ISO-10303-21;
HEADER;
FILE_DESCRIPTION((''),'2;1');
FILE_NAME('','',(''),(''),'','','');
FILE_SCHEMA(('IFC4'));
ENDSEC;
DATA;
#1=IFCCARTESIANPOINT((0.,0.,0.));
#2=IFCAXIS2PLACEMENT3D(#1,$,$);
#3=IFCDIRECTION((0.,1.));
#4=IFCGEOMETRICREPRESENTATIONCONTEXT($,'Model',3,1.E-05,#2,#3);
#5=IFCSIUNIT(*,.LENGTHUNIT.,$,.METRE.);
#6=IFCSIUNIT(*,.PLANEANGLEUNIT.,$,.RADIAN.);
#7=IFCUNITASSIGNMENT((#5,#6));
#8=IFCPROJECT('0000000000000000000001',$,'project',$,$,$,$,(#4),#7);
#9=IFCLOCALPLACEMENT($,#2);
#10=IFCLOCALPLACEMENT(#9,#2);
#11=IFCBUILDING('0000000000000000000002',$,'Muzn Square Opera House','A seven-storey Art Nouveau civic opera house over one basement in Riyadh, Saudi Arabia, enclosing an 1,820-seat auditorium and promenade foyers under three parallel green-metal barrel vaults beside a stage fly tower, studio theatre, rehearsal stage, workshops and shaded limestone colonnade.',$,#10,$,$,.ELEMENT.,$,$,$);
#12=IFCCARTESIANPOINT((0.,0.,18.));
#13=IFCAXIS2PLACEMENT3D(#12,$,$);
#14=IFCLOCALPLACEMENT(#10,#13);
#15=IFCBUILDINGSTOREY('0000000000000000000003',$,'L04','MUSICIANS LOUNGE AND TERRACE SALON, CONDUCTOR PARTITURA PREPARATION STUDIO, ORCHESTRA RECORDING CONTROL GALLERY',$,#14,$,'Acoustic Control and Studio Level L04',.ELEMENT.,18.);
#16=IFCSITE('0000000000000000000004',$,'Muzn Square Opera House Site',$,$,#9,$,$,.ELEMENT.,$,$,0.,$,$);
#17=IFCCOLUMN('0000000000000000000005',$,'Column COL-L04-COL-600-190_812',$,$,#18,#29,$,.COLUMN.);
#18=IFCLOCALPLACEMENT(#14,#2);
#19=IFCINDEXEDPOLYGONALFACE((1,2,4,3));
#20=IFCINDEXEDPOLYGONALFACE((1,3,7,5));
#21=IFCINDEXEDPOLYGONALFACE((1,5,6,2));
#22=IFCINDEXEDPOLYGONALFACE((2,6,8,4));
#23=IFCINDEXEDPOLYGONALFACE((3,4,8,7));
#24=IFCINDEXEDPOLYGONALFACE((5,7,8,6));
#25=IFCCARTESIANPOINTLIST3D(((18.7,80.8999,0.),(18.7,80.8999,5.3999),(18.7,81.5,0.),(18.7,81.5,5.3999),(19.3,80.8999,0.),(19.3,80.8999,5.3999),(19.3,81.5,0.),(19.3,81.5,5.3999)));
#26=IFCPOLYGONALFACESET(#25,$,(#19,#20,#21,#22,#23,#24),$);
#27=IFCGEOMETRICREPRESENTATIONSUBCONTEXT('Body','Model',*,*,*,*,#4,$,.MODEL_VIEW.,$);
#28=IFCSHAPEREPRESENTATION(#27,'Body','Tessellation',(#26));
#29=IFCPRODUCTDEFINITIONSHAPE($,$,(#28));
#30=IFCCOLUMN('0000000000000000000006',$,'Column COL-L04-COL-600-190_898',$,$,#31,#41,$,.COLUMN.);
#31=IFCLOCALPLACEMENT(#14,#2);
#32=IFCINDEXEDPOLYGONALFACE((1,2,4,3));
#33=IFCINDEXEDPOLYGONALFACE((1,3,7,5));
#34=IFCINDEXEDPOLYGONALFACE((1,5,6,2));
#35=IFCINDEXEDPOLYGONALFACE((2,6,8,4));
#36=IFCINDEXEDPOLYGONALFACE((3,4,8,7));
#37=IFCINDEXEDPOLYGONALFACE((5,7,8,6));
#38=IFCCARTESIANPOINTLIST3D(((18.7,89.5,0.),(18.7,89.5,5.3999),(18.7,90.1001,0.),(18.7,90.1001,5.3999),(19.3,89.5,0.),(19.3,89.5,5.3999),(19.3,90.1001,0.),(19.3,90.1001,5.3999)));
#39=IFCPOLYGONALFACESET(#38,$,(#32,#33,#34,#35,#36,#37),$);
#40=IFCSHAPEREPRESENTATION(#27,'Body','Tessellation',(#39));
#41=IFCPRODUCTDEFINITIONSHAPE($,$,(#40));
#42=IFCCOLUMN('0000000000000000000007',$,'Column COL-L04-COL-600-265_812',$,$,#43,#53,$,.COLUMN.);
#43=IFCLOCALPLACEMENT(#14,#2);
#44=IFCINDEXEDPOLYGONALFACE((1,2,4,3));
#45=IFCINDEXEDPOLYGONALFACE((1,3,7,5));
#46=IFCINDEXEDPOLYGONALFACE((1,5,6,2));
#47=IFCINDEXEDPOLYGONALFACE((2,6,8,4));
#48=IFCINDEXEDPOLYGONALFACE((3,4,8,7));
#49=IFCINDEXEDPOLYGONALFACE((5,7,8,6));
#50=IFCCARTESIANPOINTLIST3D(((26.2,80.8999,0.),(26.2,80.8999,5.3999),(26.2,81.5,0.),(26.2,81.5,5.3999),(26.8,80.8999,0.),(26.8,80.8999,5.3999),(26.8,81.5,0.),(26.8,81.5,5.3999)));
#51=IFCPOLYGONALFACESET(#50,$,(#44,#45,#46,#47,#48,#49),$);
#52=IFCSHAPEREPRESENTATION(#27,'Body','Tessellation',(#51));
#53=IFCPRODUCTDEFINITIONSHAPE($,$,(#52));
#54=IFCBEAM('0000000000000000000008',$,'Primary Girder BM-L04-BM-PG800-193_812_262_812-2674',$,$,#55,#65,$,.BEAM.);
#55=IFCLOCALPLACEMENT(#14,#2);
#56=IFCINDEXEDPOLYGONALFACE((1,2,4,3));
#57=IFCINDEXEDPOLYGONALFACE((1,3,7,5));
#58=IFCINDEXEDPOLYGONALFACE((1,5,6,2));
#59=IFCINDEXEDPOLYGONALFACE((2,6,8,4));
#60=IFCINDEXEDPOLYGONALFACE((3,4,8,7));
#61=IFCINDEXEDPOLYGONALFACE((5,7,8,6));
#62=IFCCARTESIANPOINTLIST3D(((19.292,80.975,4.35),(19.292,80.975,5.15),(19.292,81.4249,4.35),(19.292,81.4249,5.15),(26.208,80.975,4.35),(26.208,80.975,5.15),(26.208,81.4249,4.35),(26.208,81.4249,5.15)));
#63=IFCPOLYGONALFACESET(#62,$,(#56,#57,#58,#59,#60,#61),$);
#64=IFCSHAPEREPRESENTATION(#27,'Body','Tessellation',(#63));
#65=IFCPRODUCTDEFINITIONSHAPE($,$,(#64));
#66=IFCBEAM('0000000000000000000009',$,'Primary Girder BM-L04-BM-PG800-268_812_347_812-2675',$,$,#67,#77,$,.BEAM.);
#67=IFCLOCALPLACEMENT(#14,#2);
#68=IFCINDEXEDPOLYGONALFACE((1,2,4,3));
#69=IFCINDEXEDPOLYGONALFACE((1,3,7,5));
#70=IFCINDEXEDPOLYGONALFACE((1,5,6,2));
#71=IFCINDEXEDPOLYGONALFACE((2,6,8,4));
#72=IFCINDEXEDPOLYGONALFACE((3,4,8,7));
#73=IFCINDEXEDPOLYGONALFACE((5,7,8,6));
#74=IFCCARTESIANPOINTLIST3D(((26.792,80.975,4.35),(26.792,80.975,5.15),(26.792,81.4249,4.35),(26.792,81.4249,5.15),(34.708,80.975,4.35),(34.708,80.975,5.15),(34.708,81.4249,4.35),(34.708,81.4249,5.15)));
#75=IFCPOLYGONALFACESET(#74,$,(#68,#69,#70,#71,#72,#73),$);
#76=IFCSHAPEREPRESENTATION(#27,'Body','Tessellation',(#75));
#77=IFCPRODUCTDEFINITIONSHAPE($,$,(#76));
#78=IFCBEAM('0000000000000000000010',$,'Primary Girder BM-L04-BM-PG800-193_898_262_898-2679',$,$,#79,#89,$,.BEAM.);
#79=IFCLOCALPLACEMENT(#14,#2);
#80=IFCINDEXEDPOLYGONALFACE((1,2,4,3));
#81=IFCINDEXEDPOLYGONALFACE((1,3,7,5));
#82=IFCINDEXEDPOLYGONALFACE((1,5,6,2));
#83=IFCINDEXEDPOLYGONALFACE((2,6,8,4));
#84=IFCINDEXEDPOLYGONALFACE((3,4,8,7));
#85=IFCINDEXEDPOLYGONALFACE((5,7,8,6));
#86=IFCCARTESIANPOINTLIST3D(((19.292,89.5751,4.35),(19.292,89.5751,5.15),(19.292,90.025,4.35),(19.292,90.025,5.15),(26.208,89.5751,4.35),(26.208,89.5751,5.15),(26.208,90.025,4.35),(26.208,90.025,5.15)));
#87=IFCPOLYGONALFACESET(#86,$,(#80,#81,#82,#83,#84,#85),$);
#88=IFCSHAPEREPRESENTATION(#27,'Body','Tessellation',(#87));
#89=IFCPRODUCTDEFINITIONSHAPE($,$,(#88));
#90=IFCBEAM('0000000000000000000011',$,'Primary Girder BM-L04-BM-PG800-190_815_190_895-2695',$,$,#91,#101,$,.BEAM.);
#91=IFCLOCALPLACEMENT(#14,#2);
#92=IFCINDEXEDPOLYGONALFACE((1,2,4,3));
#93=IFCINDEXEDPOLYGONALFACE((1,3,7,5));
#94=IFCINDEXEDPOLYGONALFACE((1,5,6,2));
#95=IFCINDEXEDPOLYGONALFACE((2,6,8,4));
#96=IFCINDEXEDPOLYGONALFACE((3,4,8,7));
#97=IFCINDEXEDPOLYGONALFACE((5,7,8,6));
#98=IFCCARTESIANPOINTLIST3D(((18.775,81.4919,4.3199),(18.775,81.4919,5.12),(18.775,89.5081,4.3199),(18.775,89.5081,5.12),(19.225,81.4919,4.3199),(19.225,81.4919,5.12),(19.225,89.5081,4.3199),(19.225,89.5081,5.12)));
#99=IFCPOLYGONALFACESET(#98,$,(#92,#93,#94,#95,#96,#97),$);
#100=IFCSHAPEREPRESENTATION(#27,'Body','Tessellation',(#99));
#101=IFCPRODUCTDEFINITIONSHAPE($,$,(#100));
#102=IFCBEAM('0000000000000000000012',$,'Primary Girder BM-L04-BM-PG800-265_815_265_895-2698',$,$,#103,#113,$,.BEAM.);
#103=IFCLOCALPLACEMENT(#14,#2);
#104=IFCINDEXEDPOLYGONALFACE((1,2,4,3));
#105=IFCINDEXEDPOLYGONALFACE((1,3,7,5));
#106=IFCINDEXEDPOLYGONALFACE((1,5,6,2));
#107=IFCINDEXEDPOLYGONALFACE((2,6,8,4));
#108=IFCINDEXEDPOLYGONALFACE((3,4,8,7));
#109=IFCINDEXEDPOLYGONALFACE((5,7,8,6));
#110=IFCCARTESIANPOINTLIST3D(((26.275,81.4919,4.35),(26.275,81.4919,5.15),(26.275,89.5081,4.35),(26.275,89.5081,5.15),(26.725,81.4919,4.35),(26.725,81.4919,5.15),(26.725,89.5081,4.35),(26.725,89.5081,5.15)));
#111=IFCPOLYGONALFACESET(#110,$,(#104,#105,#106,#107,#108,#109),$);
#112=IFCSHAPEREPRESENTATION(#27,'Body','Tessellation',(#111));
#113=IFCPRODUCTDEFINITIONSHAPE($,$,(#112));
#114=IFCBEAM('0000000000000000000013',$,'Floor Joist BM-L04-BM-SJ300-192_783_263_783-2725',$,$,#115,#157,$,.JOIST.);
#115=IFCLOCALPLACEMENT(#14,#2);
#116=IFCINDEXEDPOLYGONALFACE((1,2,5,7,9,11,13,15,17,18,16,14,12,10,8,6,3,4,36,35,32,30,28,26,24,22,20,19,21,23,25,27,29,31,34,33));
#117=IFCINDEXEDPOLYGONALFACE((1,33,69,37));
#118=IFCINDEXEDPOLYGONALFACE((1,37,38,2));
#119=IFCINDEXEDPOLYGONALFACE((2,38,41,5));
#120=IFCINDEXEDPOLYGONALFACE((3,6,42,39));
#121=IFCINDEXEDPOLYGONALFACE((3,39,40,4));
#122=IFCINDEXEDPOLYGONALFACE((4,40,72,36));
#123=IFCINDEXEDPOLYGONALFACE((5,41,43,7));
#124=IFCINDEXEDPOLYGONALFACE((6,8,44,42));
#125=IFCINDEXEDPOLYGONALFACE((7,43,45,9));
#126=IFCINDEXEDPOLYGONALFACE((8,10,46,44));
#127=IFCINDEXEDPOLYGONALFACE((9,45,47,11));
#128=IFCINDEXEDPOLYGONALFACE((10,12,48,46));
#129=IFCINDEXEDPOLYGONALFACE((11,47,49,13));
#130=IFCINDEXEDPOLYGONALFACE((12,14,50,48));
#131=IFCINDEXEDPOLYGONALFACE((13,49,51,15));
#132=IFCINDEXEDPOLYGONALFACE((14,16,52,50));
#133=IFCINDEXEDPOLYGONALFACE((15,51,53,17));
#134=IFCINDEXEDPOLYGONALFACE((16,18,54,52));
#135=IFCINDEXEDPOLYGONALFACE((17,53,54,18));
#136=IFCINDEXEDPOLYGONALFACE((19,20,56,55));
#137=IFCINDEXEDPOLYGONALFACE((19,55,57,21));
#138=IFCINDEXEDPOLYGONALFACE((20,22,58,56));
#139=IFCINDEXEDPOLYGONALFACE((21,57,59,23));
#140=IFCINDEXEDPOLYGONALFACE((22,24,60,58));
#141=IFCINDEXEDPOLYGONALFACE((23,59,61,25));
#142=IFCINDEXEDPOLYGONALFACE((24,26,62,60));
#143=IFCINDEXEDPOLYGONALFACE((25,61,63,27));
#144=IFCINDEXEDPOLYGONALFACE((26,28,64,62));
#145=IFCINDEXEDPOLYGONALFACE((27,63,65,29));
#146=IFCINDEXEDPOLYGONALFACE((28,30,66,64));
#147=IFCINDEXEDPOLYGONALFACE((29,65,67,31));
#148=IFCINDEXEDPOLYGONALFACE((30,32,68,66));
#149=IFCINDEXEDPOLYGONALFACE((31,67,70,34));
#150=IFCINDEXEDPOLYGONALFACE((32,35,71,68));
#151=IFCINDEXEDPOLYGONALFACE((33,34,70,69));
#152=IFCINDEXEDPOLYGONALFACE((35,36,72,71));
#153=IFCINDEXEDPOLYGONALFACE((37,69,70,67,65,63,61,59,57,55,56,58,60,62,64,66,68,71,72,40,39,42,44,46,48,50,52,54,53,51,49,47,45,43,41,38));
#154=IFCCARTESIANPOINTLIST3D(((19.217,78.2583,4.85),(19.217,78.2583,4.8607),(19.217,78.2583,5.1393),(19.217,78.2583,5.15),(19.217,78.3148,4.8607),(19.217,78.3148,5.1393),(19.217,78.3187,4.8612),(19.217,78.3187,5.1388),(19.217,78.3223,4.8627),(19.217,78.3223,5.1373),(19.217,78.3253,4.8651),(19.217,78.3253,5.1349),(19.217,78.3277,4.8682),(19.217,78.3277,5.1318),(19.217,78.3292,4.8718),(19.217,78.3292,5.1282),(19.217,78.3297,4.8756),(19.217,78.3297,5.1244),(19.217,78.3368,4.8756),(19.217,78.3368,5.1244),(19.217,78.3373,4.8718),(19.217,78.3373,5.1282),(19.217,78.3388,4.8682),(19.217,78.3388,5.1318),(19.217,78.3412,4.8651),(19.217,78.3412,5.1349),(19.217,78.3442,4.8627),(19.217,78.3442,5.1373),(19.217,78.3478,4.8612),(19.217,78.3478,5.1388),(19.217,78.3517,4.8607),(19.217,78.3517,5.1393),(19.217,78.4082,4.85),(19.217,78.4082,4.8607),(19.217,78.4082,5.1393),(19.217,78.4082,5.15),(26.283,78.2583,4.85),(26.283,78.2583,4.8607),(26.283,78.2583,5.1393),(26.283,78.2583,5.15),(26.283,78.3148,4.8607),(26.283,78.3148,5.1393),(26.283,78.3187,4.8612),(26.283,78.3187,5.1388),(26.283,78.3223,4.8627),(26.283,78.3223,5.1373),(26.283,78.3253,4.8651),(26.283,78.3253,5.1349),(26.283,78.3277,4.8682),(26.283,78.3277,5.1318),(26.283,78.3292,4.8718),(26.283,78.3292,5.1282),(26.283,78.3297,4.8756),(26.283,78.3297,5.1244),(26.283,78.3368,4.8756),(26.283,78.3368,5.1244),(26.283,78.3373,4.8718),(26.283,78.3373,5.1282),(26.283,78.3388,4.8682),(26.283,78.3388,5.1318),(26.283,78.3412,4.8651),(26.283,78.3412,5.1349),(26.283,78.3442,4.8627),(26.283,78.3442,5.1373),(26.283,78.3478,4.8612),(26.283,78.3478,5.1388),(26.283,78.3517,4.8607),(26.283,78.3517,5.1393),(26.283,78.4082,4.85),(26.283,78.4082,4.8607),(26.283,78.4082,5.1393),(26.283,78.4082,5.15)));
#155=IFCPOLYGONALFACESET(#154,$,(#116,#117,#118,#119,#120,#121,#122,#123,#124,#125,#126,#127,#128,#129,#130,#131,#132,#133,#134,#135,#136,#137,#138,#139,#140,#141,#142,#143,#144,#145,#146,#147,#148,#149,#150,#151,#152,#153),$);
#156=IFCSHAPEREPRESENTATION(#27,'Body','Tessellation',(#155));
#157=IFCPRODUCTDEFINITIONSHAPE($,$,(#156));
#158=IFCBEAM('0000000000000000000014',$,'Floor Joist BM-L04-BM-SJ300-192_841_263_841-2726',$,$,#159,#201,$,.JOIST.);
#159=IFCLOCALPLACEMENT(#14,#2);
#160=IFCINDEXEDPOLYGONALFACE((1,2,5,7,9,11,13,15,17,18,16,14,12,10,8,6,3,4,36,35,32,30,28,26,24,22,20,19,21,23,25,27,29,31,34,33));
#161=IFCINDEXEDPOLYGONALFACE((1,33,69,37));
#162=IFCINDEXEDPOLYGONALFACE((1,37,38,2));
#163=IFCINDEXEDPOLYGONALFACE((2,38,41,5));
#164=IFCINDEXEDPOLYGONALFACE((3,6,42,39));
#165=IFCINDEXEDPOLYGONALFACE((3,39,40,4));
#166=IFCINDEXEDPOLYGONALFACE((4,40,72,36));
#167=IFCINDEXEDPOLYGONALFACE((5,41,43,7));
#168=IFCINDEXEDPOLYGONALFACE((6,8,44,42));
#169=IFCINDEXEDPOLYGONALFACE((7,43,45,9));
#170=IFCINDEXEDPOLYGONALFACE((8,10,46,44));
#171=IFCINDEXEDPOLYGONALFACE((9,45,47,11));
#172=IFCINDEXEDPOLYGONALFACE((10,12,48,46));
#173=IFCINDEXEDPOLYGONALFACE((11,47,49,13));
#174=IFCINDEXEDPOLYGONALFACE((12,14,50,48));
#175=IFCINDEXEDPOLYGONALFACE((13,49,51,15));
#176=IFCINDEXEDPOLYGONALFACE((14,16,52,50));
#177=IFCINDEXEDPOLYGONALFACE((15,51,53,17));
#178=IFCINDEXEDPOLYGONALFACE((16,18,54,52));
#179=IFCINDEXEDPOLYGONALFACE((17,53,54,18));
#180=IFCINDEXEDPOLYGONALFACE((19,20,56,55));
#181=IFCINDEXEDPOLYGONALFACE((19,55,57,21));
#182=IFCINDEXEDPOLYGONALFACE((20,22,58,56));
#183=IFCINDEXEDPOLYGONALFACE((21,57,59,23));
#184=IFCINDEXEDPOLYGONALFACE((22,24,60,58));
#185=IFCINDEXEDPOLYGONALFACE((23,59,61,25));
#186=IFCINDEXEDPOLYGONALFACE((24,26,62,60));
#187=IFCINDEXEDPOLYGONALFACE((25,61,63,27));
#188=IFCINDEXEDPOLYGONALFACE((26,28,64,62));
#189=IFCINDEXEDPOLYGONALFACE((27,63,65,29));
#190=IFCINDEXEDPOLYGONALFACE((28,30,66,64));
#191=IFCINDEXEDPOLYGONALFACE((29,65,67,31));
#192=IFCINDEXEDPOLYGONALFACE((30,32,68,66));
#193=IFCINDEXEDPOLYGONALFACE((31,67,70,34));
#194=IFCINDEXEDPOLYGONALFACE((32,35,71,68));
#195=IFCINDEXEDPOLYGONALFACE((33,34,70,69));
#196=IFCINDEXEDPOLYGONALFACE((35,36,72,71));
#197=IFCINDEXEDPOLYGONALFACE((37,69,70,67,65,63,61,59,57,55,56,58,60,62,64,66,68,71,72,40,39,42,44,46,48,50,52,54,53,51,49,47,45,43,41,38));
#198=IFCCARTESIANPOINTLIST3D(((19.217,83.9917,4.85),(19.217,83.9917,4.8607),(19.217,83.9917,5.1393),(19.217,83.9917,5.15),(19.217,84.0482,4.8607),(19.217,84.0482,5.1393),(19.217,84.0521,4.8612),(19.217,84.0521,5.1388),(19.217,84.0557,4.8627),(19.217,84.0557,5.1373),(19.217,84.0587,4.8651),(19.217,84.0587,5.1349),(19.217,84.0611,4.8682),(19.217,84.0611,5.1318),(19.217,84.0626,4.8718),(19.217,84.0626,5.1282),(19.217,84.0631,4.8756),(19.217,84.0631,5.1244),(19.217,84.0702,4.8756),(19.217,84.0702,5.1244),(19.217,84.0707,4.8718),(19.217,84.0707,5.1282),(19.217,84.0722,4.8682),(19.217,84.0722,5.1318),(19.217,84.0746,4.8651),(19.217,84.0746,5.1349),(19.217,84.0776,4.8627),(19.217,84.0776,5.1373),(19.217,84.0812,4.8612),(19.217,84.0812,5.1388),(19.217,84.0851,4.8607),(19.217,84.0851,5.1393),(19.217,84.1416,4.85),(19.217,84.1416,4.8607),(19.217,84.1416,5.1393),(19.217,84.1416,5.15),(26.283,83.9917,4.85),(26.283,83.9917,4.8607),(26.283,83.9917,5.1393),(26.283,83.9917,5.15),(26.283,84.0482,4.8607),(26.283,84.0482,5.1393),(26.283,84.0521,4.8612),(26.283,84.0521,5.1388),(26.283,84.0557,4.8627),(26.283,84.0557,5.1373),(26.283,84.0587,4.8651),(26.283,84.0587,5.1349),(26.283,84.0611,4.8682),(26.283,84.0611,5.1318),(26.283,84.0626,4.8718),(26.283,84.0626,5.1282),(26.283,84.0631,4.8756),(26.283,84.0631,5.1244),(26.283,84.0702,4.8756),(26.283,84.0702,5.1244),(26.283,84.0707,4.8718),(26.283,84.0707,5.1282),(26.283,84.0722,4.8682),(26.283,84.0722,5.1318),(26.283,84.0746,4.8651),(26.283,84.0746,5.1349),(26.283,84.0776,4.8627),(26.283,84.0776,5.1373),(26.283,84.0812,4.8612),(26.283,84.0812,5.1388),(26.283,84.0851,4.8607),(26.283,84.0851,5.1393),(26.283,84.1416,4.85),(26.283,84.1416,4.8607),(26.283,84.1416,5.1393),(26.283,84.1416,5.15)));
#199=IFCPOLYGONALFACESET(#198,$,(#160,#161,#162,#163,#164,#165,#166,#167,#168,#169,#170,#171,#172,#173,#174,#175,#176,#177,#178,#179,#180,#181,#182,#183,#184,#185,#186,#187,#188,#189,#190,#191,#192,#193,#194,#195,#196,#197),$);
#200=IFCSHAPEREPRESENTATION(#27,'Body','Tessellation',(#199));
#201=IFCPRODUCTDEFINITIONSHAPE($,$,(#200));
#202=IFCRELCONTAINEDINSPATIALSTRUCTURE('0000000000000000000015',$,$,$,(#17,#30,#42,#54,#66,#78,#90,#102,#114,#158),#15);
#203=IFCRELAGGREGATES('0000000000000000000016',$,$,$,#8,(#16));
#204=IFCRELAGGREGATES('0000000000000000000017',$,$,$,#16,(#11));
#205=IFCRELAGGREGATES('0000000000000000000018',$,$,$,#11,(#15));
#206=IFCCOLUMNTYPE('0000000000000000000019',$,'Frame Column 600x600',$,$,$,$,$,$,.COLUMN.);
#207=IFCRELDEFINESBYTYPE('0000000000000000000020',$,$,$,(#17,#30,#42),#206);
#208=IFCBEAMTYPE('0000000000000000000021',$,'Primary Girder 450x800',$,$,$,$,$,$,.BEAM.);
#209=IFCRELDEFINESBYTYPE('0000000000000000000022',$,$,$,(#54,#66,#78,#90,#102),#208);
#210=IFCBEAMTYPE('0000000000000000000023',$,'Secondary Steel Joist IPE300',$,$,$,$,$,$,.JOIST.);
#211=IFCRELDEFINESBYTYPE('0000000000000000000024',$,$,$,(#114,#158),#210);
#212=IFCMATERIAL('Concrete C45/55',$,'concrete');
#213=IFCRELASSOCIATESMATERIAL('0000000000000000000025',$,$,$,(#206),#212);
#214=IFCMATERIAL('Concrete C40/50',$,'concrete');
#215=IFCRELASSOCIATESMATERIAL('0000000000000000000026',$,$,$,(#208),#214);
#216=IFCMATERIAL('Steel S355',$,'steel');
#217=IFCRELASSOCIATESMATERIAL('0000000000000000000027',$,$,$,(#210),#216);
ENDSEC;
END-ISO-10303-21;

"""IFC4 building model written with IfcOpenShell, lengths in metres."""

from ifc_helpers import new_model, si_unit, direction, frame, origin, origin_2d, place, context, subcontext, project, spatial, rectangle, i_section, extrude, material, material_profile, profile_set, type_object, element, save


model = new_model("IFC4")

# Units and contexts
model_context = context("Model", 3, precision=1e-05, world=origin(), true_north=direction((0.0, 1.0)))
body_context = subcontext(model_context, "Body", "Model", "MODEL_VIEW")
ifc_project = project(units=[si_unit("LENGTHUNIT", "METRE"), si_unit("PLANEANGLEUNIT", "RADIAN")], contexts=[model_context])

# Site, building, storey
site_placement = place(None, origin())
site = spatial("IfcSite", under=ifc_project, at=site_placement, Name="Muzn Square Opera House Site", CompositionType="ELEMENT", RefElevation=0.0)
building_placement = place(site_placement, origin())
building = spatial("IfcBuilding", under=site, at=building_placement, Name="Muzn Square Opera House", Description="A seven-storey Art Nouveau civic opera house over one basement in Riyadh, Saudi Arabia, enclosing an 1,820-seat auditorium and promenade foyers under three parallel green-metal barrel vaults beside a stage fly tower, studio theatre, rehearsal stage, workshops and shaded limestone colonnade.", CompositionType="ELEMENT")
storey_placement = place(building_placement, frame((0.0, 0.0, 18.0)))
storey = spatial("IfcBuildingStorey", under=building, at=storey_placement, Name="L04", Description="MUSICIANS LOUNGE AND TERRACE SALON, CONDUCTOR PARTITURA PREPARATION STUDIO, ORCHESTRA RECORDING CONTROL GALLERY", LongName="Acoustic Control and Studio Level L04", CompositionType="ELEMENT", Elevation=18.0)

# Columns
ifc_material_1 = material(Name="Concrete C45/55", Category="concrete")
ifc_material_profile_1 = material_profile(ifc_material_1, rectangle(XDim=0.6001, YDim=0.6001, at=origin_2d()), Name="RC 600x600", Category="concrete")
ifc_profile_set_1 = profile_set([ifc_material_profile_1], Name="Concrete C45/55")
column_type = type_object("IfcColumnType", Name="Frame Column 600x600", PredefinedType="COLUMN", material=ifc_profile_set_1)
for number, where, z_axis, x_axis, name in (
    (1, (19.0, 81.2, 0.0), (0.0, 0.0, 1.0), (1.0, 0.0, 0.0), "Column COL-L04-COL-600-190_812"),
    (2, (19.0, 89.8, 0.0), (0.0, 0.0, 1.0), (1.0, 0.0, 0.0), "Column COL-L04-COL-600-190_898"),
    (3, (26.5, 81.2, 0.0), (0.0, 0.0, 1.0), (1.0, 0.0, 0.0), "Column COL-L04-COL-600-265_812"),
):
    element("IfcColumn", number, at=place(storey_placement, frame(where, z_axis=z_axis, x_axis=x_axis)), inside=storey, type_object=column_type, Name=name, PredefinedType="COLUMN", context=body_context, shape_type="SweptSolid", body=[
        extrude(rectangle(XDim=0.6001, YDim=0.6001, at=origin_2d()), origin(), (0.0, 0.0, 1.0), 5.3999),
    ])

# Beams
ifc_material_2 = material(Name="Concrete C40/50", Category="concrete")
ifc_material_profile_2 = material_profile(ifc_material_2, rectangle(XDim=0.45, YDim=0.8, at=origin_2d()), Name="RCB 450x800", Category="concrete")
ifc_profile_set_2 = profile_set([ifc_material_profile_2], Name="Concrete C40/50")
beam_type_1 = type_object("IfcBeamType", Name="Primary Girder 450x800", PredefinedType="BEAM", material=ifc_profile_set_2)
beam_1_placement = place(storey_placement, frame((19.292, 81.2, 4.75), z_axis=(1.0, 0.0, 0.0), x_axis=(0.0, 1.0, 0.0)))
element("IfcBeam", 4, at=beam_1_placement, inside=storey, type_object=beam_type_1, Name="Primary Girder BM-L04-BM-PG800-193_812_262_812-2674", PredefinedType="BEAM", context=body_context, shape_type="SweptSolid", body=[
    extrude(rectangle(XDim=0.45, YDim=0.8, at=origin_2d()), origin(), (0.0, 0.0, 1.0), 6.916),
])
beam_2_placement = place(storey_placement, frame((26.792, 81.2, 4.75), z_axis=(1.0, 0.0, 0.0), x_axis=(0.0, 1.0, 0.0)))
element("IfcBeam", 5, at=beam_2_placement, inside=storey, type_object=beam_type_1, Name="Primary Girder BM-L04-BM-PG800-268_812_347_812-2675", PredefinedType="BEAM", context=body_context, shape_type="SweptSolid", body=[
    extrude(rectangle(XDim=0.45, YDim=0.8, at=origin_2d()), origin(), (0.0, 0.0, 1.0), 7.916),
])
beam_3_placement = place(storey_placement, frame((19.292, 89.8, 4.75), z_axis=(1.0, 0.0, 0.0), x_axis=(0.0, 1.0, 0.0)))
element("IfcBeam", 6, at=beam_3_placement, inside=storey, type_object=beam_type_1, Name="Primary Girder BM-L04-BM-PG800-193_898_262_898-2679", PredefinedType="BEAM", context=body_context, shape_type="SweptSolid", body=[
    extrude(rectangle(XDim=0.45, YDim=0.8, at=origin_2d()), origin(), (0.0, 0.0, 1.0), 6.916),
])
for number, where, z_axis, x_axis, name in (
    (7, (19.0, 81.4919, 4.72), (0.0, 1.0, 0.0), (-1.0, 0.0, 0.0), "Primary Girder BM-L04-BM-PG800-190_815_190_895-2695"),
    (8, (26.5, 81.4919, 4.75), (0.0, 1.0, 0.0), (-1.0, 0.0, 0.0), "Primary Girder BM-L04-BM-PG800-265_815_265_895-2698"),
):
    element("IfcBeam", number, at=place(storey_placement, frame(where, z_axis=z_axis, x_axis=x_axis)), inside=storey, type_object=beam_type_1, Name=name, PredefinedType="BEAM", context=body_context, shape_type="SweptSolid", body=[
        extrude(rectangle(XDim=0.45, YDim=0.8, at=origin_2d()), origin(), (0.0, 0.0, 1.0), 8.0161),
    ])
ifc_material_3 = material(Name="Steel S355", Category="steel")
ifc_material_profile_3 = material_profile(ifc_material_3, i_section(OverallWidth=0.1499, OverallDepth=0.3, WebThickness=0.0071, FlangeThickness=0.0107, FilletRadius=0.0149, at=origin_2d()), Name="IPE 300", Category="steel")
ifc_profile_set_3 = profile_set([ifc_material_profile_3], Name="Steel S355")
beam_type_2 = type_object("IfcBeamType", Name="Secondary Steel Joist IPE300", PredefinedType="JOIST", material=ifc_profile_set_3)
for number, where, z_axis, x_axis, name in (
    (9, (19.217, 78.3333, 5.0), (1.0, 0.0, 0.0), (0.0, 1.0, 0.0), "Floor Joist BM-L04-BM-SJ300-192_783_263_783-2725"),
    (10, (19.217, 84.0667, 5.0), (1.0, 0.0, 0.0), (0.0, 1.0, 0.0), "Floor Joist BM-L04-BM-SJ300-192_841_263_841-2726"),
):
    element("IfcBeam", number, at=place(storey_placement, frame(where, z_axis=z_axis, x_axis=x_axis)), inside=storey, type_object=beam_type_2, Name=name, PredefinedType="JOIST", context=body_context, shape_type="SweptSolid", body=[
        extrude(i_section(OverallWidth=0.1499, OverallDepth=0.3, WebThickness=0.0071, FlangeThickness=0.0107, FilletRadius=0.0149, at=origin_2d()), origin(), (0.0, 0.0, 1.0), 7.0659),
    ])

save(model, "model.ifc")
